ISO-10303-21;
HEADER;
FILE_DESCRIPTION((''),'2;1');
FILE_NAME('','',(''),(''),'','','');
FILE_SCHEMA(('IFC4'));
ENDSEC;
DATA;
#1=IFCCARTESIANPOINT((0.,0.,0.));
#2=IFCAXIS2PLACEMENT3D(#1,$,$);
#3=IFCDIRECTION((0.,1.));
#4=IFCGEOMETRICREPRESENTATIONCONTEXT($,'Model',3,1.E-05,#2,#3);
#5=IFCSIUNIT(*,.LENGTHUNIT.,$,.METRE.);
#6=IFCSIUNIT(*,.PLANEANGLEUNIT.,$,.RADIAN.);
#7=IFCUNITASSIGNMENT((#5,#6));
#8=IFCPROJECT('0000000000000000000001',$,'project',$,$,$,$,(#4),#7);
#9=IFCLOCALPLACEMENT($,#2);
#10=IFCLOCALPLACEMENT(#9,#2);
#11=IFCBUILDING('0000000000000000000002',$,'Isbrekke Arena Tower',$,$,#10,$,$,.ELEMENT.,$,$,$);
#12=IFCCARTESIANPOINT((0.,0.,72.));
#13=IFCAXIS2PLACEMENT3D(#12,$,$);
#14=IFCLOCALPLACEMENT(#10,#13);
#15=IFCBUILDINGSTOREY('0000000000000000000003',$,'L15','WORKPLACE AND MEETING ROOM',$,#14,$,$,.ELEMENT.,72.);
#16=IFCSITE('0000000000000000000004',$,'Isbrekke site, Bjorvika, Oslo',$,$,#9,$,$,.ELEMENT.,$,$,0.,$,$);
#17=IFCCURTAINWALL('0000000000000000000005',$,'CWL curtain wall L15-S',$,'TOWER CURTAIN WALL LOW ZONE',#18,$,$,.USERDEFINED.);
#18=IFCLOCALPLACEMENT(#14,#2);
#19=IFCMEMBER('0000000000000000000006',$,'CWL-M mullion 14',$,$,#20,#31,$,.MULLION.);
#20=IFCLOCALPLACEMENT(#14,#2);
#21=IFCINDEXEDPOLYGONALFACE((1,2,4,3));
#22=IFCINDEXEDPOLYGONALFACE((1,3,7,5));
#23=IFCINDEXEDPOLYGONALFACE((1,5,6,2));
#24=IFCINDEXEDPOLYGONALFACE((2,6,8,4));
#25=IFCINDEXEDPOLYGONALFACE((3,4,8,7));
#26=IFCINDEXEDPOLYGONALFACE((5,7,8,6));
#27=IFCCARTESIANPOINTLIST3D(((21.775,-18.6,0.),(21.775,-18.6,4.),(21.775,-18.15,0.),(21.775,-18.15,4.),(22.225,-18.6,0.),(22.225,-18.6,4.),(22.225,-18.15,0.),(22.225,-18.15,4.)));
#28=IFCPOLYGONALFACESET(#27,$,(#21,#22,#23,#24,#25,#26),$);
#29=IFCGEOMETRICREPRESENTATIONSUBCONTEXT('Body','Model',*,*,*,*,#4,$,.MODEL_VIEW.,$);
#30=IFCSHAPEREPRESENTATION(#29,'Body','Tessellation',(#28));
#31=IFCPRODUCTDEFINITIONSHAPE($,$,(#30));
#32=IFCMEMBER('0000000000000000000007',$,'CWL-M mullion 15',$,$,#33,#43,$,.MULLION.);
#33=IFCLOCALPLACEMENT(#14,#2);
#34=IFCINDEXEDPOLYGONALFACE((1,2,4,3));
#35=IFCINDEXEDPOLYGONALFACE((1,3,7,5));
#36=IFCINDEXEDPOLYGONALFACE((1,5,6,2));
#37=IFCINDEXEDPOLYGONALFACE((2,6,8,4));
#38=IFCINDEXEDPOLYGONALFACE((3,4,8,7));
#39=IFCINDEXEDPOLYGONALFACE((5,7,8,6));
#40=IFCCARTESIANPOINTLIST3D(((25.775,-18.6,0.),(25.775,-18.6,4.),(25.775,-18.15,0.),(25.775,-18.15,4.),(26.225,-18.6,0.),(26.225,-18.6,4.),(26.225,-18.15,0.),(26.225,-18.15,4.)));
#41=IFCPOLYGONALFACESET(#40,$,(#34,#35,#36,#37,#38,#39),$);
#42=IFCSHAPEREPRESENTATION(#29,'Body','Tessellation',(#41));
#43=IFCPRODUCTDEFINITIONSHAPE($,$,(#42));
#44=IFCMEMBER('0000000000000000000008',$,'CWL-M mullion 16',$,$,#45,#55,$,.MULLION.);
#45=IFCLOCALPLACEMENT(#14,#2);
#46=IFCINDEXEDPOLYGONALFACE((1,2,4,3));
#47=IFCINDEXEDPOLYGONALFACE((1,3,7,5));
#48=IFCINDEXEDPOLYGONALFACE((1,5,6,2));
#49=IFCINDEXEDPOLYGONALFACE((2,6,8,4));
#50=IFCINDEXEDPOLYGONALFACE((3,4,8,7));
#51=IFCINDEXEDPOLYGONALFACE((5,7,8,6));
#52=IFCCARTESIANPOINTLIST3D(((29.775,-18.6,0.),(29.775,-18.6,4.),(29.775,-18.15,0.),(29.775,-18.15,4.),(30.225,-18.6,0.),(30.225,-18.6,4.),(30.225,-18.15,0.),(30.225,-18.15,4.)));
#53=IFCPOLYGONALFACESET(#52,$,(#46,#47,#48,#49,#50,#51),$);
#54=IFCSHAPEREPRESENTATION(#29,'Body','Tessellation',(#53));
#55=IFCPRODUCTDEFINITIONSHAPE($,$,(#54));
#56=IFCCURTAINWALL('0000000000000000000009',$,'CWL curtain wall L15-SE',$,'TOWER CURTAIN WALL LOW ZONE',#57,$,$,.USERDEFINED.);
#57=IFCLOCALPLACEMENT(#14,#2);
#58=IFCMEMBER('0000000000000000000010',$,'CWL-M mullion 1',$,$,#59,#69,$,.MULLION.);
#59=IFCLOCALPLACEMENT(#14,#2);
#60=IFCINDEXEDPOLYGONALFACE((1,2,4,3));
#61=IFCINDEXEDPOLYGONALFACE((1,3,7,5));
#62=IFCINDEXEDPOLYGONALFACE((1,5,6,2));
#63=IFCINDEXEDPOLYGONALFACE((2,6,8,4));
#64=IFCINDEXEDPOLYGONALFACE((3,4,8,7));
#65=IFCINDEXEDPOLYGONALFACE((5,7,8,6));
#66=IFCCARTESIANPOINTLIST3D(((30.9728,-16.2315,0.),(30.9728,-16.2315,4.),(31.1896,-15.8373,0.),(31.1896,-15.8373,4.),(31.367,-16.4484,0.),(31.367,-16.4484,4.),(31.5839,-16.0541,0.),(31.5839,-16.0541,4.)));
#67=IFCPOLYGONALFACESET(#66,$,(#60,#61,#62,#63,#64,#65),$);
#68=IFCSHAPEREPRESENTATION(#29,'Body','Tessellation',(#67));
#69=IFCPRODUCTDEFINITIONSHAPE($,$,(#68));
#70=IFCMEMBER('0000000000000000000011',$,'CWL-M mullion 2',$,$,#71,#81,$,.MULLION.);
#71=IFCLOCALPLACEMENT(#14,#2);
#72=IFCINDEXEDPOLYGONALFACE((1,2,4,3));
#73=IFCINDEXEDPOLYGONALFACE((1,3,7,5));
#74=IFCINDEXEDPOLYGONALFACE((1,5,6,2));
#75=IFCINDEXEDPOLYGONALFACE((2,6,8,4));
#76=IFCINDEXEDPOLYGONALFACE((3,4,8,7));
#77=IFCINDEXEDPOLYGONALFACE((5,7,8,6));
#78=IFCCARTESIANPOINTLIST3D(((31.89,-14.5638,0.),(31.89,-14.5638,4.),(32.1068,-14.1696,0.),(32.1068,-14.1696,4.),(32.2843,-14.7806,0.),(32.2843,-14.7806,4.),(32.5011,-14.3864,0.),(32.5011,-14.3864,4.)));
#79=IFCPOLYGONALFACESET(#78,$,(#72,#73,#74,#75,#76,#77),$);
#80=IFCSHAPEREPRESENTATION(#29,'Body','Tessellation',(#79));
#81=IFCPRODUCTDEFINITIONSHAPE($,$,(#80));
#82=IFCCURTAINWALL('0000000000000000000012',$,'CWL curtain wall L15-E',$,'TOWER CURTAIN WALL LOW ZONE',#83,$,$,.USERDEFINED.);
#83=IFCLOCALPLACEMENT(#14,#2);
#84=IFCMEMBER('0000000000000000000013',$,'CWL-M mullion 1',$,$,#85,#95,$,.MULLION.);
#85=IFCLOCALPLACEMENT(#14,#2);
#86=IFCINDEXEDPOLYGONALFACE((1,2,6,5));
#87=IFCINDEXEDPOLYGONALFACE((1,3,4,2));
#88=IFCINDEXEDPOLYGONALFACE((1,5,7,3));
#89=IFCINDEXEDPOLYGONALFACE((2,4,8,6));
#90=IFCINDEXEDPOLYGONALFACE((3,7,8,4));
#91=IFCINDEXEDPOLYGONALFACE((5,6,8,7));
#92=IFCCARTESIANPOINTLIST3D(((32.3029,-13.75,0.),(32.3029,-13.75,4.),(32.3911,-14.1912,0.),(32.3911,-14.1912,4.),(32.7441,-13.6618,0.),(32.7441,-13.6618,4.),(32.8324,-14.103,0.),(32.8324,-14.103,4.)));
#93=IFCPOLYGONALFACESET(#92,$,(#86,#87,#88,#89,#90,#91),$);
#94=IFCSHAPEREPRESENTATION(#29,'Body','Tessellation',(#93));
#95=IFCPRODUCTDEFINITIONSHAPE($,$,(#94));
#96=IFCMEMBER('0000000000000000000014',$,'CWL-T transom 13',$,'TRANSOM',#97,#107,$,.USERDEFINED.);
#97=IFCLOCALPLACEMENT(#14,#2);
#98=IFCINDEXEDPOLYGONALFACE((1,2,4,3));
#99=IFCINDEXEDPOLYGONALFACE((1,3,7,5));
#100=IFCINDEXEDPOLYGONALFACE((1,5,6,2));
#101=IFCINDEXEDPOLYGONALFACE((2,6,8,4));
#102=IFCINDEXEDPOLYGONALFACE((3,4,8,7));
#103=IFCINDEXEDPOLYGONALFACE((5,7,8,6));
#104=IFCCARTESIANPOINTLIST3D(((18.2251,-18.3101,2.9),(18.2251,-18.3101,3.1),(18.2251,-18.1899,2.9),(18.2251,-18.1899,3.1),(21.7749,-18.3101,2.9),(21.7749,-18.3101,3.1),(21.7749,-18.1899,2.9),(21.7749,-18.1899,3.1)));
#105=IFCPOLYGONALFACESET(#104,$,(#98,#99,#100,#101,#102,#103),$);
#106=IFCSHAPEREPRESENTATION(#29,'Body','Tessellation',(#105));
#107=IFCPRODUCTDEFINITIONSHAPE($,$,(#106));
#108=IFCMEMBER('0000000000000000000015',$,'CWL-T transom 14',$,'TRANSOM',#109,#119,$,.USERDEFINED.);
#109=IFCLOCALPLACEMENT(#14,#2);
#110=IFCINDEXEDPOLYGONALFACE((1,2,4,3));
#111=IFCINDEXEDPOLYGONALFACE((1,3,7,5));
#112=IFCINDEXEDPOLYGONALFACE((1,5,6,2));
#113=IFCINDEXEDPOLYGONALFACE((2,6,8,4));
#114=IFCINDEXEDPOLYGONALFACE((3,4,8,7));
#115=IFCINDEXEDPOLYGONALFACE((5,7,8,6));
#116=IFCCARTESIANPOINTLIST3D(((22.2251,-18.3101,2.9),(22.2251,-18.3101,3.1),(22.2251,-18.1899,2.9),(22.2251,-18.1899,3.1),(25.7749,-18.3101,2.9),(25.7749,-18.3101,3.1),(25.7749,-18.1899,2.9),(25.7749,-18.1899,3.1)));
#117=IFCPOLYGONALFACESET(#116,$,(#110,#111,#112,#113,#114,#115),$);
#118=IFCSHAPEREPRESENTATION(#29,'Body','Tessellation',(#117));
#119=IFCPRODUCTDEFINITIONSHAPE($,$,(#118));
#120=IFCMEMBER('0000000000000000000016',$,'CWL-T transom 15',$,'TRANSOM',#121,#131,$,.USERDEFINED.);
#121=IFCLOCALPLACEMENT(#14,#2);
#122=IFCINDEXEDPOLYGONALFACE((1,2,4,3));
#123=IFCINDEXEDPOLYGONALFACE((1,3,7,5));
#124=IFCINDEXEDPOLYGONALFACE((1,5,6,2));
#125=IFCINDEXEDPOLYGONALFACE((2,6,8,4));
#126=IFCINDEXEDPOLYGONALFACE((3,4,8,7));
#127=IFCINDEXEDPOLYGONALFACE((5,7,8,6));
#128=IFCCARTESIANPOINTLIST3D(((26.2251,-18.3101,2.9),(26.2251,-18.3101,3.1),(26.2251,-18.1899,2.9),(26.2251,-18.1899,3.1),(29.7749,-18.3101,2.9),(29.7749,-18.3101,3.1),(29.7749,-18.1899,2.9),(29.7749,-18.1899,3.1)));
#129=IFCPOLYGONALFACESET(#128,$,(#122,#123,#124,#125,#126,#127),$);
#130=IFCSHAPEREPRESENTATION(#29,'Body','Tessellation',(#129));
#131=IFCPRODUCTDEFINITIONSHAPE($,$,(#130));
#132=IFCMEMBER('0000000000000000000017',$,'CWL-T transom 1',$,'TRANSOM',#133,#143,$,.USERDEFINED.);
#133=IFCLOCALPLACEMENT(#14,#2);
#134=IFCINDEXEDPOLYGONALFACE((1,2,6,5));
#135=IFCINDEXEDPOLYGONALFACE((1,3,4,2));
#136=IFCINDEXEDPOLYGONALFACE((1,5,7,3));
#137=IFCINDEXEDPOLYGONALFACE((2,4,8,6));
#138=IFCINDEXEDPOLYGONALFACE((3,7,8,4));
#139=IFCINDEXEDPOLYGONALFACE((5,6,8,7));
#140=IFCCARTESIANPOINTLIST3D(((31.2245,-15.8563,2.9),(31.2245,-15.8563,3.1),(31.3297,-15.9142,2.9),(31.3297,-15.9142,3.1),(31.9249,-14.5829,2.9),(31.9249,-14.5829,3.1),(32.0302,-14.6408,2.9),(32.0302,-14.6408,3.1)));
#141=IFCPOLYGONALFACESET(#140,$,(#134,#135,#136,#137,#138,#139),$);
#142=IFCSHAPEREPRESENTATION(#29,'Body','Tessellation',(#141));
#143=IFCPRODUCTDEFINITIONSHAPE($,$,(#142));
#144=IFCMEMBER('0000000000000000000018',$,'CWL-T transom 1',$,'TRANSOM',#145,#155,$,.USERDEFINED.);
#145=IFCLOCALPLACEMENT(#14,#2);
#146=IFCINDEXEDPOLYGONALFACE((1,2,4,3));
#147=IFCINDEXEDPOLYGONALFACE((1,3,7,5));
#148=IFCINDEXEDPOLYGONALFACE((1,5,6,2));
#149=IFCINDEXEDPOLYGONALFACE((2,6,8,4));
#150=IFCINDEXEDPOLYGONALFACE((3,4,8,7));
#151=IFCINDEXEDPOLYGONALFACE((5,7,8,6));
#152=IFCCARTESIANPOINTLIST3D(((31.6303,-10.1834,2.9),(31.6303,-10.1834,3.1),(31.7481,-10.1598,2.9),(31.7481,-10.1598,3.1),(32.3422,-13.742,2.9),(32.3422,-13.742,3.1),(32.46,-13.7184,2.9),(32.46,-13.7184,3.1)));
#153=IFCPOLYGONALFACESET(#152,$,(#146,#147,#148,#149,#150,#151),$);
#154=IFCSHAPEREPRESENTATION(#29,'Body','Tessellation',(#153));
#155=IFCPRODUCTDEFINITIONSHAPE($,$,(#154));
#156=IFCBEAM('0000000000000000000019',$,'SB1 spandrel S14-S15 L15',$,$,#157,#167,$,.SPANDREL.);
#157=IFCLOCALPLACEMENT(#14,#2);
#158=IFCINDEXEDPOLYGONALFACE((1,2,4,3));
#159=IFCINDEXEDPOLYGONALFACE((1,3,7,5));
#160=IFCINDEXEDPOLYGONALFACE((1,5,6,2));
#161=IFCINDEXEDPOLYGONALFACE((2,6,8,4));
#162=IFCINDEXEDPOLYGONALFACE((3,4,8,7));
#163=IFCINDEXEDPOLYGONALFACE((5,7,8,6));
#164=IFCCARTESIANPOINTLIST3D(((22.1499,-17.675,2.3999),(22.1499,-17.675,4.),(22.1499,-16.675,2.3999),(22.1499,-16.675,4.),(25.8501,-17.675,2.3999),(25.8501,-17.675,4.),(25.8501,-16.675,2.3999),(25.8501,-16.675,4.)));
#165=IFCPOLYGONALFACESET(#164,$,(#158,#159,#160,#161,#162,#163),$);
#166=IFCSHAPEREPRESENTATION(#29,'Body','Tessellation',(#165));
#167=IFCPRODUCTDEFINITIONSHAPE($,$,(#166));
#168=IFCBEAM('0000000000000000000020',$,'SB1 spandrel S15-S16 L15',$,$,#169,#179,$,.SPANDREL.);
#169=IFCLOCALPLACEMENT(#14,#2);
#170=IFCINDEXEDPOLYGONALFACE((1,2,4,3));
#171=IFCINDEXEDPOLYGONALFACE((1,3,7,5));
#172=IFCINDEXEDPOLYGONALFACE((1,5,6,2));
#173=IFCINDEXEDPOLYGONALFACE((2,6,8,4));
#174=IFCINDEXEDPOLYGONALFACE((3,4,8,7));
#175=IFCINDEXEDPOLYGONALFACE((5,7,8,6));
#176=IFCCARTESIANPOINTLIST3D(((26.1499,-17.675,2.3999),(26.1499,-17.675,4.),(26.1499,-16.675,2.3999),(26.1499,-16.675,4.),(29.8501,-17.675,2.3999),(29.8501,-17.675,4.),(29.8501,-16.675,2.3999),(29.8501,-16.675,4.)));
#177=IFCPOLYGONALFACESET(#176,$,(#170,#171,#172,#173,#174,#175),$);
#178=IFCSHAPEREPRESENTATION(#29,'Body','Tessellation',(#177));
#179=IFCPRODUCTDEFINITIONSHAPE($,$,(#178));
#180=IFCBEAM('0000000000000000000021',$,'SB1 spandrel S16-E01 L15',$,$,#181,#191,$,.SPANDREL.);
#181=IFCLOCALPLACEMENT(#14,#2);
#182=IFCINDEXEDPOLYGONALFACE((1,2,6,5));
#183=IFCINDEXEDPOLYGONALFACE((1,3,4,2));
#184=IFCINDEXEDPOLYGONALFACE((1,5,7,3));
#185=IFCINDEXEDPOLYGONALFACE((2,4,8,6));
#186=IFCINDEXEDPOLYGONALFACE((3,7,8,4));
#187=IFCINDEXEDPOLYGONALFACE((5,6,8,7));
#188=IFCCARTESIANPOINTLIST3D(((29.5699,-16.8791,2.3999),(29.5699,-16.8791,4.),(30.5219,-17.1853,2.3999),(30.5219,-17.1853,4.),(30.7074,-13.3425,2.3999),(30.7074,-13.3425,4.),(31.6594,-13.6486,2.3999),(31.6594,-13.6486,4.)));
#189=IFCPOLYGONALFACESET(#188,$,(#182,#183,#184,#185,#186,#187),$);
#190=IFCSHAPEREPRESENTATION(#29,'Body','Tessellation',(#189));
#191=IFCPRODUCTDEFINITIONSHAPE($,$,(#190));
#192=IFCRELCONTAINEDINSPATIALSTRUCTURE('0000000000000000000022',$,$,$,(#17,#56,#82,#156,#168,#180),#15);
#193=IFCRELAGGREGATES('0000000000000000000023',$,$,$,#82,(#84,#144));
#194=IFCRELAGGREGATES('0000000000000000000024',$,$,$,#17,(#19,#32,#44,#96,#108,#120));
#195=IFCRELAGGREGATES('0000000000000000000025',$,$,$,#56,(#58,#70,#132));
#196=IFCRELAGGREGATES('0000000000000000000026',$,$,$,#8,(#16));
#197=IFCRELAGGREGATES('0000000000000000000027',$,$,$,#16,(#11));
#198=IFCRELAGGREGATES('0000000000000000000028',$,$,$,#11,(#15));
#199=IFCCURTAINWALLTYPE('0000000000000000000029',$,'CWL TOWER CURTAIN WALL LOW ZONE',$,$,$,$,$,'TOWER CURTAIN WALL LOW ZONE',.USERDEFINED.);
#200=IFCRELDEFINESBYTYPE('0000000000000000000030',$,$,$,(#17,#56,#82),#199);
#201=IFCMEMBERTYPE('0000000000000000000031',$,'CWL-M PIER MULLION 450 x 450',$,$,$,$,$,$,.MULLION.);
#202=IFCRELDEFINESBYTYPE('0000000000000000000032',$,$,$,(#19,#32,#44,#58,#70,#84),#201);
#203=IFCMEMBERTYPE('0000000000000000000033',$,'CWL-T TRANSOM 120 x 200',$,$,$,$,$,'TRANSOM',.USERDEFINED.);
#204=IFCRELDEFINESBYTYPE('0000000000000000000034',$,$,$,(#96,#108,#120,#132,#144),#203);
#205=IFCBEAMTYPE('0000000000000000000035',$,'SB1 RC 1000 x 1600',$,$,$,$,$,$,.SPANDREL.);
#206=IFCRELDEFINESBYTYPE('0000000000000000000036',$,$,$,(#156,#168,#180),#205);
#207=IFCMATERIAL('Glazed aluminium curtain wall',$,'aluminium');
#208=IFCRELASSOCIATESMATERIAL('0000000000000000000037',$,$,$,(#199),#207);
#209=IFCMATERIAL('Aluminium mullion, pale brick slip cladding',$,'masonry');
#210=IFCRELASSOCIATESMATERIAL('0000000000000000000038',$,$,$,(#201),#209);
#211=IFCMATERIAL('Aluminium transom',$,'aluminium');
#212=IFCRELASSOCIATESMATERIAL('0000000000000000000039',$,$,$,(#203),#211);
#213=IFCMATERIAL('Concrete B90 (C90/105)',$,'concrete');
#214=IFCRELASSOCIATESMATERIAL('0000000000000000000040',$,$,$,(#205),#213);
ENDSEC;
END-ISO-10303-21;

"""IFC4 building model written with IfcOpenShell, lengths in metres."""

from ifc_helpers import new_model, si_unit, direction, frame, origin, origin_2d, place, context, subcontext, project, spatial, rectangle, extrude, material, material_profile, profile_set, type_object, element, aggregate, save


model = new_model("IFC4")

# Units and contexts
model_context = context("Model", 3, precision=1e-05, world=origin(), true_north=direction((0.0, 1.0)))
body_context = subcontext(model_context, "Body", "Model", "MODEL_VIEW")
ifc_project = project(units=[si_unit("LENGTHUNIT", "METRE"), si_unit("PLANEANGLEUNIT", "RADIAN")], contexts=[model_context])

# Site, building, storey
site_placement = place(None, origin())
site = spatial("IfcSite", under=ifc_project, at=site_placement, Name="Isbrekke site, Bjorvika, Oslo", CompositionType="ELEMENT", RefElevation=0.0)
building_placement = place(site_placement, origin())
building = spatial("IfcBuilding", under=site, at=building_placement, Name="Isbrekke Arena Tower", CompositionType="ELEMENT")
storey_placement = place(building_placement, frame((0.0, 0.0, 72.0)))
storey = spatial("IfcBuildingStorey", under=building, at=storey_placement, Name="L15", Description="WORKPLACE AND MEETING ROOM", CompositionType="ELEMENT", Elevation=72.0)

# Curtain walls, members
ifc_material_1 = material(Name="Glazed aluminium curtain wall", Category="aluminium")
curtain_wall_type = type_object("IfcCurtainWallType", Name="CWL TOWER CURTAIN WALL LOW ZONE", ElementType="TOWER CURTAIN WALL LOW ZONE", PredefinedType="USERDEFINED", material=ifc_material_1)
curtain_wall_1_placement = place(storey_placement, origin())
curtain_wall_1 = element("IfcCurtainWall", 1, at=curtain_wall_1_placement, inside=storey, type_object=curtain_wall_type, Name="CWL curtain wall L15-S", ObjectType="TOWER CURTAIN WALL LOW ZONE", PredefinedType="USERDEFINED")
ifc_material_2 = material(Name="Aluminium mullion, pale brick slip cladding", Category="masonry")
ifc_material_profile_1 = material_profile(ifc_material_2, rectangle(XDim=0.45, YDim=0.45, at=origin_2d()), Name="PIER 450X450")
ifc_profile_set_1 = profile_set([ifc_material_profile_1], Name="Aluminium mullion, pale brick slip cladding")
member_type_1 = type_object("IfcMemberType", Name="CWL-M PIER MULLION 450 x 450", PredefinedType="MULLION", material=ifc_profile_set_1)
member_1_placement = place(storey_placement, frame((22.0, -18.375, 0.0), z_axis=(0.0, 0.0, 1.0), x_axis=(1.0, 0.0, 0.0)))
member_1 = element("IfcMember", 2, at=member_1_placement, type_object=member_type_1, Name="CWL-M mullion 14", PredefinedType="MULLION", context=body_context, shape_type="SweptSolid", body=[
    extrude(rectangle(XDim=0.45, YDim=0.45, at=origin_2d()), origin(), (0.0, 0.0, 1.0), 4.0),
])
member_2_placement = place(storey_placement, frame((26.0, -18.375, 0.0), z_axis=(0.0, 0.0, 1.0), x_axis=(1.0, 0.0, 0.0)))
member_2 = element("IfcMember", 3, at=member_2_placement, type_object=member_type_1, Name="CWL-M mullion 15", PredefinedType="MULLION", context=body_context, shape_type="SweptSolid", body=[
    extrude(rectangle(XDim=0.45, YDim=0.45, at=origin_2d()), origin(), (0.0, 0.0, 1.0), 4.0),
])
member_3_placement = place(storey_placement, frame((30.0, -18.375, 0.0), z_axis=(0.0, 0.0, 1.0), x_axis=(1.0, 0.0, 0.0)))
member_3 = element("IfcMember", 4, at=member_3_placement, type_object=member_type_1, Name="CWL-M mullion 16", PredefinedType="MULLION", context=body_context, shape_type="SweptSolid", body=[
    extrude(rectangle(XDim=0.45, YDim=0.45, at=origin_2d()), origin(), (0.0, 0.0, 1.0), 4.0),
])
curtain_wall_2_placement = place(storey_placement, origin())
curtain_wall_2 = element("IfcCurtainWall", 5, at=curtain_wall_2_placement, inside=storey, type_object=curtain_wall_type, Name="CWL curtain wall L15-SE", ObjectType="TOWER CURTAIN WALL LOW ZONE", PredefinedType="USERDEFINED")
member_4_placement = place(storey_placement, frame((31.2783, -16.1428, 0.0), z_axis=(0.0, 0.0, 1.0), x_axis=(0.481919, 0.876216, 0.0)))
member_4 = element("IfcMember", 6, at=member_4_placement, type_object=member_type_1, Name="CWL-M mullion 1", PredefinedType="MULLION", context=body_context, shape_type="SweptSolid", body=[
    extrude(rectangle(XDim=0.45, YDim=0.45, at=origin_2d()), origin(), (0.0, 0.0, 1.0), 4.0),
])
member_5_placement = place(storey_placement, frame((32.1956, -14.4751, 0.0), z_axis=(0.0, 0.0, 1.0), x_axis=(0.481919, 0.876216, 0.0)))
member_5 = element("IfcMember", 7, at=member_5_placement, type_object=member_type_1, Name="CWL-M mullion 2", PredefinedType="MULLION", context=body_context, shape_type="SweptSolid", body=[
    extrude(rectangle(XDim=0.45, YDim=0.45, at=origin_2d()), origin(), (0.0, 0.0, 1.0), 4.0),
])

# Curtain wall, member
curtain_wall_3_placement = place(storey_placement, origin())
curtain_wall_3 = element("IfcCurtainWall", 8, at=curtain_wall_3_placement, inside=storey, type_object=curtain_wall_type, Name="CWL curtain wall L15-E", ObjectType="TOWER CURTAIN WALL LOW ZONE", PredefinedType="USERDEFINED")
member_6_placement = place(storey_placement, frame((32.5676, -13.9265, 0.0), z_axis=(0.0, 0.0, 1.0), x_axis=(-0.196116, 0.980581, 0.0)))
member_6 = element("IfcMember", 9, at=member_6_placement, type_object=member_type_1, Name="CWL-M mullion 1", PredefinedType="MULLION", context=body_context, shape_type="SweptSolid", body=[
    extrude(rectangle(XDim=0.45, YDim=0.45, at=origin_2d()), origin(), (0.0, 0.0, 1.0), 4.0),
])

# Members
ifc_material_3 = material(Name="Aluminium transom", Category="aluminium")
ifc_material_profile_2 = material_profile(ifc_material_3, rectangle(XDim=0.1201, YDim=0.2, at=origin_2d()), Name="TRANSOM 120X200")
ifc_profile_set_2 = profile_set([ifc_material_profile_2], Name="Aluminium transom")
member_type_2 = type_object("IfcMemberType", Name="CWL-T TRANSOM 120 x 200", ElementType="TRANSOM", PredefinedType="USERDEFINED", material=ifc_profile_set_2)
member_7_placement = place(storey_placement, frame((18.2251, -18.25, 3.0), z_axis=(1.0, 0.0, 0.0), x_axis=(0.0, 1.0, 0.0)))
member_7 = element("IfcMember", 10, at=member_7_placement, type_object=member_type_2, Name="CWL-T transom 13", ObjectType="TRANSOM", PredefinedType="USERDEFINED", context=body_context, shape_type="SweptSolid", body=[
    extrude(rectangle(XDim=0.1201, YDim=0.2, at=origin_2d()), origin(), (0.0, 0.0, 1.0), 3.5498),
])
member_8_placement = place(storey_placement, frame((22.2251, -18.25, 3.0), z_axis=(1.0, 0.0, 0.0), x_axis=(0.0, 1.0, 0.0)))
member_8 = element("IfcMember", 11, at=member_8_placement, type_object=member_type_2, Name="CWL-T transom 14", ObjectType="TRANSOM", PredefinedType="USERDEFINED", context=body_context, shape_type="SweptSolid", body=[
    extrude(rectangle(XDim=0.1201, YDim=0.2, at=origin_2d()), origin(), (0.0, 0.0, 1.0), 3.5498),
])
member_9_placement = place(storey_placement, frame((26.2251, -18.25, 3.0), z_axis=(1.0, 0.0, 0.0), x_axis=(0.0, 1.0, 0.0)))
member_9 = element("IfcMember", 12, at=member_9_placement, type_object=member_type_2, Name="CWL-T transom 15", ObjectType="TRANSOM", PredefinedType="USERDEFINED", context=body_context, shape_type="SweptSolid", body=[
    extrude(rectangle(XDim=0.1201, YDim=0.2, at=origin_2d()), origin(), (0.0, 0.0, 1.0), 3.5498),
])
member_10_placement = place(storey_placement, frame((31.2771, -15.8853, 3.0), z_axis=(0.481945, 0.876202, 0.0), x_axis=(-0.876202, 0.481945, 0.0)))
member_10 = element("IfcMember", 13, at=member_10_placement, type_object=member_type_2, Name="CWL-T transom 1", ObjectType="TRANSOM", PredefinedType="USERDEFINED", context=body_context, shape_type="SweptSolid", body=[
    extrude(rectangle(XDim=0.1201, YDim=0.2, at=origin_2d()), origin(), (0.0, 0.0, 1.0), 1.4534),
])
member_11_placement = place(storey_placement, frame((32.4011, -13.7302, 3.0), z_axis=(-0.196168, 0.98057, 0.0), x_axis=(-0.98057, -0.196168, 0.0)))
member_11 = element("IfcMember", 14, at=member_11_placement, type_object=member_type_2, Name="CWL-T transom 1", ObjectType="TRANSOM", PredefinedType="USERDEFINED", context=body_context, shape_type="SweptSolid", body=[
    extrude(rectangle(XDim=0.1201, YDim=0.2, at=origin_2d()), origin(), (0.0, 0.0, 1.0), 3.6292),
])
aggregate(curtain_wall_3, [member_6, member_11])

# Beams
ifc_material_4 = material(Name="Concrete B90 (C90/105)", Category="concrete")
ifc_material_profile_3 = material_profile(ifc_material_4, rectangle(XDim=1.0, YDim=1.6001, at=origin_2d()), Name="RC 1000x1600")
ifc_profile_set_3 = profile_set([ifc_material_profile_3], Name="Concrete B90 (C90/105)")
beam_type_1 = type_object("IfcBeamType", Name="SB1 RC 1000 x 1600", PredefinedType="SPANDREL", material=ifc_profile_set_3)
for number, where, z_axis, x_axis, name in (
    (15, (22.1499, -17.175, 3.2), (1.0, 0.0, 0.0), (0.0, 1.0, 0.0), "SB1 spandrel S14-S15 L15"),
    (16, (26.1499, -17.175, 3.2), (1.0, 0.0, 0.0), (0.0, 1.0, 0.0), "SB1 spandrel S15-S16 L15"),
):
    element("IfcBeam", number, at=place(storey_placement, frame(where, z_axis=z_axis, x_axis=x_axis)), inside=storey, type_object=beam_type_1, Name=name, PredefinedType="SPANDREL", context=body_context, shape_type="SweptSolid", body=[
        extrude(rectangle(XDim=1.0, YDim=1.6001, at=origin_2d()), origin(), (0.0, 0.0, 1.0), 3.7002),
    ])
beam_1_placement = place(storey_placement, frame((30.0459, -17.0322, 3.2), z_axis=(0.306175, 0.951975, 0.0), x_axis=(-0.951975, 0.306175, 0.0)))
element("IfcBeam", 17, at=beam_1_placement, inside=storey, type_object=beam_type_1, Name="SB1 spandrel S16-E01 L15", PredefinedType="SPANDREL", context=body_context, shape_type="SweptSolid", body=[
    extrude(rectangle(XDim=1.0, YDim=1.6001, at=origin_2d()), origin(), (0.0, 0.0, 1.0), 3.7151),
])

aggregate(curtain_wall_1, [member_1, member_2, member_3, member_7, member_8, member_9])
aggregate(curtain_wall_2, [member_4, member_5, member_10])

save(model, "model.ifc")
